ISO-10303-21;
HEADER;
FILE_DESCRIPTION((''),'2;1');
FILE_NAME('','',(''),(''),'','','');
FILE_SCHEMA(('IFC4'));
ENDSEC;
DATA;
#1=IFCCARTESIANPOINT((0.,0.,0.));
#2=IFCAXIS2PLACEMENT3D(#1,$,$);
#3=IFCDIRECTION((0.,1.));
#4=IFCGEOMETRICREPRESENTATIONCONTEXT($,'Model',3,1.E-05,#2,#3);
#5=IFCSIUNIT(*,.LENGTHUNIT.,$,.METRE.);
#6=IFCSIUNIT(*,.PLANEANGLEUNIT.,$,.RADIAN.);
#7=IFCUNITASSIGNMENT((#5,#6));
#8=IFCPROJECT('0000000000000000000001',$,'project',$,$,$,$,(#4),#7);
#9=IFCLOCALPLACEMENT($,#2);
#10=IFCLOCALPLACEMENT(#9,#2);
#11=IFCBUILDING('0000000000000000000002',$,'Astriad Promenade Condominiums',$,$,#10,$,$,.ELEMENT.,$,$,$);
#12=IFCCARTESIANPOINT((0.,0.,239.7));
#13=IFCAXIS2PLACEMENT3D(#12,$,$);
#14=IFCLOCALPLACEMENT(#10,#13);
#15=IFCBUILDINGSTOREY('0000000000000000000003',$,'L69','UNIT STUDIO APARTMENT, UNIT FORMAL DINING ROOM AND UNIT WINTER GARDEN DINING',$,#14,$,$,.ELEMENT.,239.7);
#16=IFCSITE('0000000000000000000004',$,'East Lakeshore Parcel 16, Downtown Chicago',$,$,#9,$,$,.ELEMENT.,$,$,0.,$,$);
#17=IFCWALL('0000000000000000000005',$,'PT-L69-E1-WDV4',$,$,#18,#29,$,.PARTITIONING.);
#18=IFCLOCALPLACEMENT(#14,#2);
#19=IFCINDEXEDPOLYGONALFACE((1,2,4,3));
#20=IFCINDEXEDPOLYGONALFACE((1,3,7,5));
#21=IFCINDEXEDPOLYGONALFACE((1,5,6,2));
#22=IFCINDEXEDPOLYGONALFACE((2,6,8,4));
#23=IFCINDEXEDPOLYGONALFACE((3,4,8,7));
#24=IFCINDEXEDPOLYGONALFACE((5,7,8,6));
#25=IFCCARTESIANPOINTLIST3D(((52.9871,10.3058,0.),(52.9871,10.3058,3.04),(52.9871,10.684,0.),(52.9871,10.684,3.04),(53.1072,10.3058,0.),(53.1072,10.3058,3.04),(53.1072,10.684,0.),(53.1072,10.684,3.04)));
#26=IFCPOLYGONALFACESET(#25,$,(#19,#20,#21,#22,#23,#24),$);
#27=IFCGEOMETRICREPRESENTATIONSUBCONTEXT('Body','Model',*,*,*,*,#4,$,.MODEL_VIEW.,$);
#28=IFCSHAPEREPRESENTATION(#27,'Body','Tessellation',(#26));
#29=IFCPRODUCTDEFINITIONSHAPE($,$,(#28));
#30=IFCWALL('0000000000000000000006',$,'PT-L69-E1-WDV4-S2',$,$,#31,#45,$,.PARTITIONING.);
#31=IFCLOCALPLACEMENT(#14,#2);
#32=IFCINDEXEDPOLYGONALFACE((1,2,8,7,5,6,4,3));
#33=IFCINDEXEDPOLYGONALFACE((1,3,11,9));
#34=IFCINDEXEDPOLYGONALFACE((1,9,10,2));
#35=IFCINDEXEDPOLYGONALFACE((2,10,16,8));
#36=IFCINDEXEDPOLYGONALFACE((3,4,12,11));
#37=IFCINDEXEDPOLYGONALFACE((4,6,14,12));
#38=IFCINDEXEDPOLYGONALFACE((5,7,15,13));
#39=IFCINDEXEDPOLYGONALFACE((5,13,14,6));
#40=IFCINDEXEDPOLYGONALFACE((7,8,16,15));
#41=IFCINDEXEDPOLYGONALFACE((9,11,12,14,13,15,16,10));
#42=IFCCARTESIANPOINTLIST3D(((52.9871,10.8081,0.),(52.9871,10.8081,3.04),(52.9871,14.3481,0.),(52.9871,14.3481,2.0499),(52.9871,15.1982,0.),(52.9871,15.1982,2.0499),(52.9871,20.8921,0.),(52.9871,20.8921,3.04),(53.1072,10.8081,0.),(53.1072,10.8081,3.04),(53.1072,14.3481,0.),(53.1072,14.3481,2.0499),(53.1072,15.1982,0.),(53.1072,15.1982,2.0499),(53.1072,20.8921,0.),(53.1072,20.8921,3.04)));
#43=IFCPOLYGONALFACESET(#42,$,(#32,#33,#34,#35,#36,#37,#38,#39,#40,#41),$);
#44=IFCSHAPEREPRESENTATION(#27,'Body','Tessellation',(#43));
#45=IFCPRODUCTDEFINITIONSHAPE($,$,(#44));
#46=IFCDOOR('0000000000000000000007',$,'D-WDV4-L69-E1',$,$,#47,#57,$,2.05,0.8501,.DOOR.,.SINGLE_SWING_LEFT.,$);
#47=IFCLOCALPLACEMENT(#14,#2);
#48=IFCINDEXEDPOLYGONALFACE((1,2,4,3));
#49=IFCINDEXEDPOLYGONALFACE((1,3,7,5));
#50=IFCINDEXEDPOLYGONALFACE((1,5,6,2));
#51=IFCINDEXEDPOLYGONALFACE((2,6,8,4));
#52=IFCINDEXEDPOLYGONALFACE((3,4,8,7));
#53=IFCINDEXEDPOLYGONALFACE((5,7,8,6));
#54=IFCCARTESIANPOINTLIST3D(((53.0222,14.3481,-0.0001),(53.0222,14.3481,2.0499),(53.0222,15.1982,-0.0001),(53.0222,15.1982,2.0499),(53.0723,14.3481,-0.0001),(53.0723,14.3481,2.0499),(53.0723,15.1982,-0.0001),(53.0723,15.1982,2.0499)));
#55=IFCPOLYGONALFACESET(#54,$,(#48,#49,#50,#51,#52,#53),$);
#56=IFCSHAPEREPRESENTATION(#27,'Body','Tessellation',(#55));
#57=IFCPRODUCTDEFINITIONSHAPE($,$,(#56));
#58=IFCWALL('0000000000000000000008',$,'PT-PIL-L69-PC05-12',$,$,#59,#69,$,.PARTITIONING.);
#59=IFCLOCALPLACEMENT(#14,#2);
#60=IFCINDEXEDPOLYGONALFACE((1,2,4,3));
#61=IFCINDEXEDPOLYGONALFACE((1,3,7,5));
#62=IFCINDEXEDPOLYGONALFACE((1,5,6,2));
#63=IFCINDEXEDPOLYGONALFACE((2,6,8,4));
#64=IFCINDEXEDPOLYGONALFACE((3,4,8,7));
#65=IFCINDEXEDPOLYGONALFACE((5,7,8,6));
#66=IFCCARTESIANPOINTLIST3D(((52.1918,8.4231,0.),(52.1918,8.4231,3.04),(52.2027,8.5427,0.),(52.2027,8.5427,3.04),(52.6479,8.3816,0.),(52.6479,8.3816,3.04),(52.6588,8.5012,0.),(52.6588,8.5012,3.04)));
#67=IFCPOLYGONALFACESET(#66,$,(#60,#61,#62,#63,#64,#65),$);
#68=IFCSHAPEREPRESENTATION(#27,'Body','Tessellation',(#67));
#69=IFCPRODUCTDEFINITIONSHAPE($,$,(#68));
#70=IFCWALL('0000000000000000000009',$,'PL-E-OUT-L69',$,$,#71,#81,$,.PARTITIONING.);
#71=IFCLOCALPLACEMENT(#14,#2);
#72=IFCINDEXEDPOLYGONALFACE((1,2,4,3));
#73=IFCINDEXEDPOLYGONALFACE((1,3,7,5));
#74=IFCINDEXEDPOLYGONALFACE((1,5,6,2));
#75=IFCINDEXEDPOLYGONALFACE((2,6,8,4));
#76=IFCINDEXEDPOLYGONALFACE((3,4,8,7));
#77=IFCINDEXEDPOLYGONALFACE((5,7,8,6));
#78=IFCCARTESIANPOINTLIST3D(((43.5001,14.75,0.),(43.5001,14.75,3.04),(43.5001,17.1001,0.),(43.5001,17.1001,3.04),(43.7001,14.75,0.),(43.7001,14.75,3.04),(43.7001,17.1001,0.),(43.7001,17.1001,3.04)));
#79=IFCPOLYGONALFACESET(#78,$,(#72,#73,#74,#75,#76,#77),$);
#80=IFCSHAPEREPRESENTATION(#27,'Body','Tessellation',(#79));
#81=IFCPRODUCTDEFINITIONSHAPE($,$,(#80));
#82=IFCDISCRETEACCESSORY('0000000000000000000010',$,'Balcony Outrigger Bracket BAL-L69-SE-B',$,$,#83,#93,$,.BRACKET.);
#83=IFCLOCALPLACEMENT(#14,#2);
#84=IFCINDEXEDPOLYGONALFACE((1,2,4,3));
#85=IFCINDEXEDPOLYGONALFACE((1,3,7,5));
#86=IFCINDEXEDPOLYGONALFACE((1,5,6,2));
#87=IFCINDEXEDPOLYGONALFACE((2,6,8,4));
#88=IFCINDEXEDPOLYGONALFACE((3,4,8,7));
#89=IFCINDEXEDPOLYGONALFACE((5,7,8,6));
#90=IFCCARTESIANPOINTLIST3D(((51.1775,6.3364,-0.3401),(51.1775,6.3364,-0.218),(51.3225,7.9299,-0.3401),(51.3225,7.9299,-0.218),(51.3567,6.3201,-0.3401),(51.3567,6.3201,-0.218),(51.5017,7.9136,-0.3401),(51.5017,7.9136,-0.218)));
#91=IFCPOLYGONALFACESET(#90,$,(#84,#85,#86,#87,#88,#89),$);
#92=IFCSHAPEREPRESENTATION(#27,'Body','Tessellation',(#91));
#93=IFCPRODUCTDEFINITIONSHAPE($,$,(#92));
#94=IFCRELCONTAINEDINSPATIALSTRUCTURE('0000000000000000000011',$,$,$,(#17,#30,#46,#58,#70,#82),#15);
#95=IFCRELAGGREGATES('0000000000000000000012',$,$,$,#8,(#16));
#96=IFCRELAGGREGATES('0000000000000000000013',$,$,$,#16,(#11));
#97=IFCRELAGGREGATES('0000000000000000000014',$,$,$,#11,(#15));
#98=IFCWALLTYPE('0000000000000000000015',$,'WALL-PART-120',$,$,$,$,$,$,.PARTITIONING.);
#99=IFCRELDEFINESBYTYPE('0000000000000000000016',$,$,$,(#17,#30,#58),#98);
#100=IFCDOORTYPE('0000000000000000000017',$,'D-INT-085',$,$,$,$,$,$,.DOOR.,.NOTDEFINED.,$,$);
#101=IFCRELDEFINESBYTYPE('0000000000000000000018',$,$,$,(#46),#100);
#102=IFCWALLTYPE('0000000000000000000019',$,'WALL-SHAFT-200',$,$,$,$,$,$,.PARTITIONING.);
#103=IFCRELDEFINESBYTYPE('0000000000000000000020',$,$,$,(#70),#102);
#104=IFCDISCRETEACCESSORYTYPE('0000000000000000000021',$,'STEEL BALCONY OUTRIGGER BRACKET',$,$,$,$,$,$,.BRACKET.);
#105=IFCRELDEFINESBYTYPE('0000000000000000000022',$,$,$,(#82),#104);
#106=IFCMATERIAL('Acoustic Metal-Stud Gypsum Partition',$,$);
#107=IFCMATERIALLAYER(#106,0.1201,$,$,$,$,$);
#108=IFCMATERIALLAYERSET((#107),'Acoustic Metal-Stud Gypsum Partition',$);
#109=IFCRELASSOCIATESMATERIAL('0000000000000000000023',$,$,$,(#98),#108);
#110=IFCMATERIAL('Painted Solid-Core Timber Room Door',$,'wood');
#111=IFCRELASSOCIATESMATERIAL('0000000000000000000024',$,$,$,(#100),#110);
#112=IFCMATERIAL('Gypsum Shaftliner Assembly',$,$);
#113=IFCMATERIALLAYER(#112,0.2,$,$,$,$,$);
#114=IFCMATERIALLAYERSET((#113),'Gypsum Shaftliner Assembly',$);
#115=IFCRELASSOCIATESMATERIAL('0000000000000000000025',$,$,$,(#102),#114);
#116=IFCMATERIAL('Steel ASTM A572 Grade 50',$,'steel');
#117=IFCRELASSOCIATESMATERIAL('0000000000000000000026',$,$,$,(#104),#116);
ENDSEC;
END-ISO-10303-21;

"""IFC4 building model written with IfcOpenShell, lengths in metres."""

from ifc_helpers import new_model, si_unit, direction, frame, frame_2d, origin, origin_2d, place, context, subcontext, project, spatial, rectangle, extrude, source, transform, mapped, material, layer, layer_set, type_object, type_shapes, element, fill, save


model = new_model("IFC4")

# Units and contexts
model_context = context("Model", 3, precision=1e-05, world=origin(), true_north=direction((0.0, 1.0)))
body_context = subcontext(model_context, "Body", "Model", "MODEL_VIEW")
ifc_project = project(units=[si_unit("LENGTHUNIT", "METRE"), si_unit("PLANEANGLEUNIT", "RADIAN")], contexts=[model_context])

# Site, building, storey
site_placement = place(None, origin())
site = spatial("IfcSite", under=ifc_project, at=site_placement, Name="East Lakeshore Parcel 16, Downtown Chicago", CompositionType="ELEMENT", RefElevation=0.0)
building_placement = place(site_placement, origin())
building = spatial("IfcBuilding", under=site, at=building_placement, Name="Astriad Promenade Condominiums", CompositionType="ELEMENT")
storey_placement = place(building_placement, frame((0.0, 0.0, 239.7)))
storey = spatial("IfcBuildingStorey", under=building, at=storey_placement, Name="L69", Description="UNIT STUDIO APARTMENT, UNIT FORMAL DINING ROOM AND UNIT WINTER GARDEN DINING", CompositionType="ELEMENT", Elevation=239.7)

# Shared definitions
ifc_material_1 = material(Name="Acoustic Metal-Stud Gypsum Partition")
ifc_layer_1 = layer(ifc_material_1, 0.1201)
ifc_layer_set_1 = layer_set([ifc_layer_1], Name="Acoustic Metal-Stud Gypsum Partition")
wall_type_1 = type_object("IfcWallType", Name="WALL-PART-120", PredefinedType="PARTITIONING", material=ifc_layer_set_1)

# Shared definitions
ifc_material_2 = material(Name="Painted Solid-Core Timber Room Door", Category="wood")
door_type_1 = type_object("IfcDoorType", Name="D-INT-085", OperationType="NOTDEFINED", PredefinedType="DOOR", material=ifc_material_2)
shared_shape_1 = source(origin(), body_context, "Body", "SweptSolid", [
    extrude(rectangle(XDim=0.8501, YDim=2.05, at=frame_2d((0.425, 1.0249))), frame((0.0, 0.0249, 0.0), z_axis=(0.0, -1.0, 0.0), x_axis=(1.0, 0.0, 0.0)), (0.0, 0.0, 1.0), 0.05),
])
type_shapes(door_type_1, [shared_shape_1])

# Wall
wall_1_placement = place(storey_placement, frame((53.0471, 10.3059, 0.0), z_axis=(0.0, 0.0, 1.0), x_axis=(0.0, 1.0, 0.0)))
element("IfcWall", 1, at=wall_1_placement, inside=storey, type_object=wall_type_1, Name="PT-L69-E1-WDV4", PredefinedType="PARTITIONING", context=body_context, shape_type="SweptSolid", body=[
    extrude(rectangle(XDim=0.3782, YDim=0.1201, at=frame_2d((0.189, 0.0))), origin(), (0.0, 0.0, 1.0), 3.04),
])

# Wall, opening, door
wall_2_placement = place(storey_placement, frame((53.0471, 10.8081, 0.0), z_axis=(0.0, 0.0, 1.0), x_axis=(0.0, 1.0, 0.0)))
wall_2 = element("IfcWall", 2, at=wall_2_placement, inside=storey, type_object=wall_type_1, Name="PT-L69-E1-WDV4-S2", PredefinedType="PARTITIONING", context=body_context, shape_type="SweptSolid", body=[
    extrude(rectangle(XDim=10.084, YDim=0.1201, at=frame_2d((5.042, 0.0))), origin(), (0.0, 0.0, 1.0), 3.04),
])
opening_1_placement = place(wall_2_placement, frame((3.54, 0.0, 0.0)))
opening_1 = element("IfcOpeningElement", 3, at=opening_1_placement, cuts=wall_2, PredefinedType="OPENING", context=body_context, shape_type="SweptSolid", body=[
    extrude(rectangle(XDim=0.8501, YDim=2.05, at=frame_2d((0.425, 1.0249))), frame((0.0, 0.0701, 0.0), z_axis=(0.0, -1.0, 0.0), x_axis=(1.0, 0.0, 0.0)), (0.0, 0.0, 1.0), 0.1401),
])
door_1_placement = place(opening_1_placement, origin())
door_1 = element("IfcDoor", 4, at=door_1_placement, inside=storey, type_object=door_type_1, Name="D-WDV4-L69-E1", OperationType="SINGLE_SWING_LEFT", OverallHeight=2.05, OverallWidth=0.8501, PredefinedType="DOOR", context=body_context, shape_type="MappedRepresentation", body=[
    mapped(shared_shape_1, transform((0.0, 0.0, 0.0), scale=1.0)),
])
fill(opening_1, door_1)

# Walls
wall_3_placement = place(storey_placement, frame((52.1973, 8.4829, 0.0), z_axis=(0.0, 0.0, 1.0), x_axis=(0.995884, -0.090632, 0.0)))
element("IfcWall", 5, at=wall_3_placement, inside=storey, type_object=wall_type_1, Name="PT-PIL-L69-PC05-12", PredefinedType="PARTITIONING", context=body_context, shape_type="SweptSolid", body=[
    extrude(rectangle(XDim=0.458, YDim=0.1201, at=frame_2d((0.229, 0.0))), origin(), (0.0, 0.0, 1.0), 3.04),
])
ifc_material_3 = material(Name="Gypsum Shaftliner Assembly")
ifc_layer_2 = layer(ifc_material_3, 0.2)
ifc_layer_set_2 = layer_set([ifc_layer_2], Name="Gypsum Shaftliner Assembly")
wall_type_2 = type_object("IfcWallType", Name="WALL-SHAFT-200", PredefinedType="PARTITIONING", material=ifc_layer_set_2)
wall_4_placement = place(storey_placement, frame((43.6001, 14.75, 0.0), z_axis=(0.0, 0.0, 1.0), x_axis=(0.0, 1.0, 0.0)))
element("IfcWall", 6, at=wall_4_placement, inside=storey, type_object=wall_type_2, Name="PL-E-OUT-L69", PredefinedType="PARTITIONING", context=body_context, shape_type="SweptSolid", body=[
    extrude(rectangle(XDim=2.3501, YDim=0.2, at=frame_2d((1.175, 0.0))), origin(), (0.0, 0.0, 1.0), 3.04),
])

# Discrete accessory
ifc_material_4 = material(Name="Steel ASTM A572 Grade 50", Category="steel")
discrete_accessory_type = type_object("IfcDiscreteAccessoryType", Name="STEEL BALCONY OUTRIGGER BRACKET", PredefinedType="BRACKET", material=ifc_material_4)
shared_shape_2 = source(origin(), body_context, "Body", "SweptSolid", [
    extrude(rectangle(XDim=1.6001, YDim=0.1799, at=origin_2d()), origin(), (0.0, 0.0, 1.0), 0.1221),
])
type_shapes(discrete_accessory_type, [shared_shape_2])
discrete_accessory_placement = place(storey_placement, frame((51.3396, 7.125, -0.3401), z_axis=(0.0, 0.0, 1.0), x_axis=(-0.090633, -0.995884, 0.0)))
element("IfcDiscreteAccessory", 7, at=discrete_accessory_placement, inside=storey, type_object=discrete_accessory_type, Name="Balcony Outrigger Bracket BAL-L69-SE-B", PredefinedType="BRACKET", context=body_context, shape_type="MappedRepresentation", body=[
    mapped(shared_shape_2, transform((0.0, 0.0, 0.0), scale=1.0)),
])

save(model, "model.ifc")
